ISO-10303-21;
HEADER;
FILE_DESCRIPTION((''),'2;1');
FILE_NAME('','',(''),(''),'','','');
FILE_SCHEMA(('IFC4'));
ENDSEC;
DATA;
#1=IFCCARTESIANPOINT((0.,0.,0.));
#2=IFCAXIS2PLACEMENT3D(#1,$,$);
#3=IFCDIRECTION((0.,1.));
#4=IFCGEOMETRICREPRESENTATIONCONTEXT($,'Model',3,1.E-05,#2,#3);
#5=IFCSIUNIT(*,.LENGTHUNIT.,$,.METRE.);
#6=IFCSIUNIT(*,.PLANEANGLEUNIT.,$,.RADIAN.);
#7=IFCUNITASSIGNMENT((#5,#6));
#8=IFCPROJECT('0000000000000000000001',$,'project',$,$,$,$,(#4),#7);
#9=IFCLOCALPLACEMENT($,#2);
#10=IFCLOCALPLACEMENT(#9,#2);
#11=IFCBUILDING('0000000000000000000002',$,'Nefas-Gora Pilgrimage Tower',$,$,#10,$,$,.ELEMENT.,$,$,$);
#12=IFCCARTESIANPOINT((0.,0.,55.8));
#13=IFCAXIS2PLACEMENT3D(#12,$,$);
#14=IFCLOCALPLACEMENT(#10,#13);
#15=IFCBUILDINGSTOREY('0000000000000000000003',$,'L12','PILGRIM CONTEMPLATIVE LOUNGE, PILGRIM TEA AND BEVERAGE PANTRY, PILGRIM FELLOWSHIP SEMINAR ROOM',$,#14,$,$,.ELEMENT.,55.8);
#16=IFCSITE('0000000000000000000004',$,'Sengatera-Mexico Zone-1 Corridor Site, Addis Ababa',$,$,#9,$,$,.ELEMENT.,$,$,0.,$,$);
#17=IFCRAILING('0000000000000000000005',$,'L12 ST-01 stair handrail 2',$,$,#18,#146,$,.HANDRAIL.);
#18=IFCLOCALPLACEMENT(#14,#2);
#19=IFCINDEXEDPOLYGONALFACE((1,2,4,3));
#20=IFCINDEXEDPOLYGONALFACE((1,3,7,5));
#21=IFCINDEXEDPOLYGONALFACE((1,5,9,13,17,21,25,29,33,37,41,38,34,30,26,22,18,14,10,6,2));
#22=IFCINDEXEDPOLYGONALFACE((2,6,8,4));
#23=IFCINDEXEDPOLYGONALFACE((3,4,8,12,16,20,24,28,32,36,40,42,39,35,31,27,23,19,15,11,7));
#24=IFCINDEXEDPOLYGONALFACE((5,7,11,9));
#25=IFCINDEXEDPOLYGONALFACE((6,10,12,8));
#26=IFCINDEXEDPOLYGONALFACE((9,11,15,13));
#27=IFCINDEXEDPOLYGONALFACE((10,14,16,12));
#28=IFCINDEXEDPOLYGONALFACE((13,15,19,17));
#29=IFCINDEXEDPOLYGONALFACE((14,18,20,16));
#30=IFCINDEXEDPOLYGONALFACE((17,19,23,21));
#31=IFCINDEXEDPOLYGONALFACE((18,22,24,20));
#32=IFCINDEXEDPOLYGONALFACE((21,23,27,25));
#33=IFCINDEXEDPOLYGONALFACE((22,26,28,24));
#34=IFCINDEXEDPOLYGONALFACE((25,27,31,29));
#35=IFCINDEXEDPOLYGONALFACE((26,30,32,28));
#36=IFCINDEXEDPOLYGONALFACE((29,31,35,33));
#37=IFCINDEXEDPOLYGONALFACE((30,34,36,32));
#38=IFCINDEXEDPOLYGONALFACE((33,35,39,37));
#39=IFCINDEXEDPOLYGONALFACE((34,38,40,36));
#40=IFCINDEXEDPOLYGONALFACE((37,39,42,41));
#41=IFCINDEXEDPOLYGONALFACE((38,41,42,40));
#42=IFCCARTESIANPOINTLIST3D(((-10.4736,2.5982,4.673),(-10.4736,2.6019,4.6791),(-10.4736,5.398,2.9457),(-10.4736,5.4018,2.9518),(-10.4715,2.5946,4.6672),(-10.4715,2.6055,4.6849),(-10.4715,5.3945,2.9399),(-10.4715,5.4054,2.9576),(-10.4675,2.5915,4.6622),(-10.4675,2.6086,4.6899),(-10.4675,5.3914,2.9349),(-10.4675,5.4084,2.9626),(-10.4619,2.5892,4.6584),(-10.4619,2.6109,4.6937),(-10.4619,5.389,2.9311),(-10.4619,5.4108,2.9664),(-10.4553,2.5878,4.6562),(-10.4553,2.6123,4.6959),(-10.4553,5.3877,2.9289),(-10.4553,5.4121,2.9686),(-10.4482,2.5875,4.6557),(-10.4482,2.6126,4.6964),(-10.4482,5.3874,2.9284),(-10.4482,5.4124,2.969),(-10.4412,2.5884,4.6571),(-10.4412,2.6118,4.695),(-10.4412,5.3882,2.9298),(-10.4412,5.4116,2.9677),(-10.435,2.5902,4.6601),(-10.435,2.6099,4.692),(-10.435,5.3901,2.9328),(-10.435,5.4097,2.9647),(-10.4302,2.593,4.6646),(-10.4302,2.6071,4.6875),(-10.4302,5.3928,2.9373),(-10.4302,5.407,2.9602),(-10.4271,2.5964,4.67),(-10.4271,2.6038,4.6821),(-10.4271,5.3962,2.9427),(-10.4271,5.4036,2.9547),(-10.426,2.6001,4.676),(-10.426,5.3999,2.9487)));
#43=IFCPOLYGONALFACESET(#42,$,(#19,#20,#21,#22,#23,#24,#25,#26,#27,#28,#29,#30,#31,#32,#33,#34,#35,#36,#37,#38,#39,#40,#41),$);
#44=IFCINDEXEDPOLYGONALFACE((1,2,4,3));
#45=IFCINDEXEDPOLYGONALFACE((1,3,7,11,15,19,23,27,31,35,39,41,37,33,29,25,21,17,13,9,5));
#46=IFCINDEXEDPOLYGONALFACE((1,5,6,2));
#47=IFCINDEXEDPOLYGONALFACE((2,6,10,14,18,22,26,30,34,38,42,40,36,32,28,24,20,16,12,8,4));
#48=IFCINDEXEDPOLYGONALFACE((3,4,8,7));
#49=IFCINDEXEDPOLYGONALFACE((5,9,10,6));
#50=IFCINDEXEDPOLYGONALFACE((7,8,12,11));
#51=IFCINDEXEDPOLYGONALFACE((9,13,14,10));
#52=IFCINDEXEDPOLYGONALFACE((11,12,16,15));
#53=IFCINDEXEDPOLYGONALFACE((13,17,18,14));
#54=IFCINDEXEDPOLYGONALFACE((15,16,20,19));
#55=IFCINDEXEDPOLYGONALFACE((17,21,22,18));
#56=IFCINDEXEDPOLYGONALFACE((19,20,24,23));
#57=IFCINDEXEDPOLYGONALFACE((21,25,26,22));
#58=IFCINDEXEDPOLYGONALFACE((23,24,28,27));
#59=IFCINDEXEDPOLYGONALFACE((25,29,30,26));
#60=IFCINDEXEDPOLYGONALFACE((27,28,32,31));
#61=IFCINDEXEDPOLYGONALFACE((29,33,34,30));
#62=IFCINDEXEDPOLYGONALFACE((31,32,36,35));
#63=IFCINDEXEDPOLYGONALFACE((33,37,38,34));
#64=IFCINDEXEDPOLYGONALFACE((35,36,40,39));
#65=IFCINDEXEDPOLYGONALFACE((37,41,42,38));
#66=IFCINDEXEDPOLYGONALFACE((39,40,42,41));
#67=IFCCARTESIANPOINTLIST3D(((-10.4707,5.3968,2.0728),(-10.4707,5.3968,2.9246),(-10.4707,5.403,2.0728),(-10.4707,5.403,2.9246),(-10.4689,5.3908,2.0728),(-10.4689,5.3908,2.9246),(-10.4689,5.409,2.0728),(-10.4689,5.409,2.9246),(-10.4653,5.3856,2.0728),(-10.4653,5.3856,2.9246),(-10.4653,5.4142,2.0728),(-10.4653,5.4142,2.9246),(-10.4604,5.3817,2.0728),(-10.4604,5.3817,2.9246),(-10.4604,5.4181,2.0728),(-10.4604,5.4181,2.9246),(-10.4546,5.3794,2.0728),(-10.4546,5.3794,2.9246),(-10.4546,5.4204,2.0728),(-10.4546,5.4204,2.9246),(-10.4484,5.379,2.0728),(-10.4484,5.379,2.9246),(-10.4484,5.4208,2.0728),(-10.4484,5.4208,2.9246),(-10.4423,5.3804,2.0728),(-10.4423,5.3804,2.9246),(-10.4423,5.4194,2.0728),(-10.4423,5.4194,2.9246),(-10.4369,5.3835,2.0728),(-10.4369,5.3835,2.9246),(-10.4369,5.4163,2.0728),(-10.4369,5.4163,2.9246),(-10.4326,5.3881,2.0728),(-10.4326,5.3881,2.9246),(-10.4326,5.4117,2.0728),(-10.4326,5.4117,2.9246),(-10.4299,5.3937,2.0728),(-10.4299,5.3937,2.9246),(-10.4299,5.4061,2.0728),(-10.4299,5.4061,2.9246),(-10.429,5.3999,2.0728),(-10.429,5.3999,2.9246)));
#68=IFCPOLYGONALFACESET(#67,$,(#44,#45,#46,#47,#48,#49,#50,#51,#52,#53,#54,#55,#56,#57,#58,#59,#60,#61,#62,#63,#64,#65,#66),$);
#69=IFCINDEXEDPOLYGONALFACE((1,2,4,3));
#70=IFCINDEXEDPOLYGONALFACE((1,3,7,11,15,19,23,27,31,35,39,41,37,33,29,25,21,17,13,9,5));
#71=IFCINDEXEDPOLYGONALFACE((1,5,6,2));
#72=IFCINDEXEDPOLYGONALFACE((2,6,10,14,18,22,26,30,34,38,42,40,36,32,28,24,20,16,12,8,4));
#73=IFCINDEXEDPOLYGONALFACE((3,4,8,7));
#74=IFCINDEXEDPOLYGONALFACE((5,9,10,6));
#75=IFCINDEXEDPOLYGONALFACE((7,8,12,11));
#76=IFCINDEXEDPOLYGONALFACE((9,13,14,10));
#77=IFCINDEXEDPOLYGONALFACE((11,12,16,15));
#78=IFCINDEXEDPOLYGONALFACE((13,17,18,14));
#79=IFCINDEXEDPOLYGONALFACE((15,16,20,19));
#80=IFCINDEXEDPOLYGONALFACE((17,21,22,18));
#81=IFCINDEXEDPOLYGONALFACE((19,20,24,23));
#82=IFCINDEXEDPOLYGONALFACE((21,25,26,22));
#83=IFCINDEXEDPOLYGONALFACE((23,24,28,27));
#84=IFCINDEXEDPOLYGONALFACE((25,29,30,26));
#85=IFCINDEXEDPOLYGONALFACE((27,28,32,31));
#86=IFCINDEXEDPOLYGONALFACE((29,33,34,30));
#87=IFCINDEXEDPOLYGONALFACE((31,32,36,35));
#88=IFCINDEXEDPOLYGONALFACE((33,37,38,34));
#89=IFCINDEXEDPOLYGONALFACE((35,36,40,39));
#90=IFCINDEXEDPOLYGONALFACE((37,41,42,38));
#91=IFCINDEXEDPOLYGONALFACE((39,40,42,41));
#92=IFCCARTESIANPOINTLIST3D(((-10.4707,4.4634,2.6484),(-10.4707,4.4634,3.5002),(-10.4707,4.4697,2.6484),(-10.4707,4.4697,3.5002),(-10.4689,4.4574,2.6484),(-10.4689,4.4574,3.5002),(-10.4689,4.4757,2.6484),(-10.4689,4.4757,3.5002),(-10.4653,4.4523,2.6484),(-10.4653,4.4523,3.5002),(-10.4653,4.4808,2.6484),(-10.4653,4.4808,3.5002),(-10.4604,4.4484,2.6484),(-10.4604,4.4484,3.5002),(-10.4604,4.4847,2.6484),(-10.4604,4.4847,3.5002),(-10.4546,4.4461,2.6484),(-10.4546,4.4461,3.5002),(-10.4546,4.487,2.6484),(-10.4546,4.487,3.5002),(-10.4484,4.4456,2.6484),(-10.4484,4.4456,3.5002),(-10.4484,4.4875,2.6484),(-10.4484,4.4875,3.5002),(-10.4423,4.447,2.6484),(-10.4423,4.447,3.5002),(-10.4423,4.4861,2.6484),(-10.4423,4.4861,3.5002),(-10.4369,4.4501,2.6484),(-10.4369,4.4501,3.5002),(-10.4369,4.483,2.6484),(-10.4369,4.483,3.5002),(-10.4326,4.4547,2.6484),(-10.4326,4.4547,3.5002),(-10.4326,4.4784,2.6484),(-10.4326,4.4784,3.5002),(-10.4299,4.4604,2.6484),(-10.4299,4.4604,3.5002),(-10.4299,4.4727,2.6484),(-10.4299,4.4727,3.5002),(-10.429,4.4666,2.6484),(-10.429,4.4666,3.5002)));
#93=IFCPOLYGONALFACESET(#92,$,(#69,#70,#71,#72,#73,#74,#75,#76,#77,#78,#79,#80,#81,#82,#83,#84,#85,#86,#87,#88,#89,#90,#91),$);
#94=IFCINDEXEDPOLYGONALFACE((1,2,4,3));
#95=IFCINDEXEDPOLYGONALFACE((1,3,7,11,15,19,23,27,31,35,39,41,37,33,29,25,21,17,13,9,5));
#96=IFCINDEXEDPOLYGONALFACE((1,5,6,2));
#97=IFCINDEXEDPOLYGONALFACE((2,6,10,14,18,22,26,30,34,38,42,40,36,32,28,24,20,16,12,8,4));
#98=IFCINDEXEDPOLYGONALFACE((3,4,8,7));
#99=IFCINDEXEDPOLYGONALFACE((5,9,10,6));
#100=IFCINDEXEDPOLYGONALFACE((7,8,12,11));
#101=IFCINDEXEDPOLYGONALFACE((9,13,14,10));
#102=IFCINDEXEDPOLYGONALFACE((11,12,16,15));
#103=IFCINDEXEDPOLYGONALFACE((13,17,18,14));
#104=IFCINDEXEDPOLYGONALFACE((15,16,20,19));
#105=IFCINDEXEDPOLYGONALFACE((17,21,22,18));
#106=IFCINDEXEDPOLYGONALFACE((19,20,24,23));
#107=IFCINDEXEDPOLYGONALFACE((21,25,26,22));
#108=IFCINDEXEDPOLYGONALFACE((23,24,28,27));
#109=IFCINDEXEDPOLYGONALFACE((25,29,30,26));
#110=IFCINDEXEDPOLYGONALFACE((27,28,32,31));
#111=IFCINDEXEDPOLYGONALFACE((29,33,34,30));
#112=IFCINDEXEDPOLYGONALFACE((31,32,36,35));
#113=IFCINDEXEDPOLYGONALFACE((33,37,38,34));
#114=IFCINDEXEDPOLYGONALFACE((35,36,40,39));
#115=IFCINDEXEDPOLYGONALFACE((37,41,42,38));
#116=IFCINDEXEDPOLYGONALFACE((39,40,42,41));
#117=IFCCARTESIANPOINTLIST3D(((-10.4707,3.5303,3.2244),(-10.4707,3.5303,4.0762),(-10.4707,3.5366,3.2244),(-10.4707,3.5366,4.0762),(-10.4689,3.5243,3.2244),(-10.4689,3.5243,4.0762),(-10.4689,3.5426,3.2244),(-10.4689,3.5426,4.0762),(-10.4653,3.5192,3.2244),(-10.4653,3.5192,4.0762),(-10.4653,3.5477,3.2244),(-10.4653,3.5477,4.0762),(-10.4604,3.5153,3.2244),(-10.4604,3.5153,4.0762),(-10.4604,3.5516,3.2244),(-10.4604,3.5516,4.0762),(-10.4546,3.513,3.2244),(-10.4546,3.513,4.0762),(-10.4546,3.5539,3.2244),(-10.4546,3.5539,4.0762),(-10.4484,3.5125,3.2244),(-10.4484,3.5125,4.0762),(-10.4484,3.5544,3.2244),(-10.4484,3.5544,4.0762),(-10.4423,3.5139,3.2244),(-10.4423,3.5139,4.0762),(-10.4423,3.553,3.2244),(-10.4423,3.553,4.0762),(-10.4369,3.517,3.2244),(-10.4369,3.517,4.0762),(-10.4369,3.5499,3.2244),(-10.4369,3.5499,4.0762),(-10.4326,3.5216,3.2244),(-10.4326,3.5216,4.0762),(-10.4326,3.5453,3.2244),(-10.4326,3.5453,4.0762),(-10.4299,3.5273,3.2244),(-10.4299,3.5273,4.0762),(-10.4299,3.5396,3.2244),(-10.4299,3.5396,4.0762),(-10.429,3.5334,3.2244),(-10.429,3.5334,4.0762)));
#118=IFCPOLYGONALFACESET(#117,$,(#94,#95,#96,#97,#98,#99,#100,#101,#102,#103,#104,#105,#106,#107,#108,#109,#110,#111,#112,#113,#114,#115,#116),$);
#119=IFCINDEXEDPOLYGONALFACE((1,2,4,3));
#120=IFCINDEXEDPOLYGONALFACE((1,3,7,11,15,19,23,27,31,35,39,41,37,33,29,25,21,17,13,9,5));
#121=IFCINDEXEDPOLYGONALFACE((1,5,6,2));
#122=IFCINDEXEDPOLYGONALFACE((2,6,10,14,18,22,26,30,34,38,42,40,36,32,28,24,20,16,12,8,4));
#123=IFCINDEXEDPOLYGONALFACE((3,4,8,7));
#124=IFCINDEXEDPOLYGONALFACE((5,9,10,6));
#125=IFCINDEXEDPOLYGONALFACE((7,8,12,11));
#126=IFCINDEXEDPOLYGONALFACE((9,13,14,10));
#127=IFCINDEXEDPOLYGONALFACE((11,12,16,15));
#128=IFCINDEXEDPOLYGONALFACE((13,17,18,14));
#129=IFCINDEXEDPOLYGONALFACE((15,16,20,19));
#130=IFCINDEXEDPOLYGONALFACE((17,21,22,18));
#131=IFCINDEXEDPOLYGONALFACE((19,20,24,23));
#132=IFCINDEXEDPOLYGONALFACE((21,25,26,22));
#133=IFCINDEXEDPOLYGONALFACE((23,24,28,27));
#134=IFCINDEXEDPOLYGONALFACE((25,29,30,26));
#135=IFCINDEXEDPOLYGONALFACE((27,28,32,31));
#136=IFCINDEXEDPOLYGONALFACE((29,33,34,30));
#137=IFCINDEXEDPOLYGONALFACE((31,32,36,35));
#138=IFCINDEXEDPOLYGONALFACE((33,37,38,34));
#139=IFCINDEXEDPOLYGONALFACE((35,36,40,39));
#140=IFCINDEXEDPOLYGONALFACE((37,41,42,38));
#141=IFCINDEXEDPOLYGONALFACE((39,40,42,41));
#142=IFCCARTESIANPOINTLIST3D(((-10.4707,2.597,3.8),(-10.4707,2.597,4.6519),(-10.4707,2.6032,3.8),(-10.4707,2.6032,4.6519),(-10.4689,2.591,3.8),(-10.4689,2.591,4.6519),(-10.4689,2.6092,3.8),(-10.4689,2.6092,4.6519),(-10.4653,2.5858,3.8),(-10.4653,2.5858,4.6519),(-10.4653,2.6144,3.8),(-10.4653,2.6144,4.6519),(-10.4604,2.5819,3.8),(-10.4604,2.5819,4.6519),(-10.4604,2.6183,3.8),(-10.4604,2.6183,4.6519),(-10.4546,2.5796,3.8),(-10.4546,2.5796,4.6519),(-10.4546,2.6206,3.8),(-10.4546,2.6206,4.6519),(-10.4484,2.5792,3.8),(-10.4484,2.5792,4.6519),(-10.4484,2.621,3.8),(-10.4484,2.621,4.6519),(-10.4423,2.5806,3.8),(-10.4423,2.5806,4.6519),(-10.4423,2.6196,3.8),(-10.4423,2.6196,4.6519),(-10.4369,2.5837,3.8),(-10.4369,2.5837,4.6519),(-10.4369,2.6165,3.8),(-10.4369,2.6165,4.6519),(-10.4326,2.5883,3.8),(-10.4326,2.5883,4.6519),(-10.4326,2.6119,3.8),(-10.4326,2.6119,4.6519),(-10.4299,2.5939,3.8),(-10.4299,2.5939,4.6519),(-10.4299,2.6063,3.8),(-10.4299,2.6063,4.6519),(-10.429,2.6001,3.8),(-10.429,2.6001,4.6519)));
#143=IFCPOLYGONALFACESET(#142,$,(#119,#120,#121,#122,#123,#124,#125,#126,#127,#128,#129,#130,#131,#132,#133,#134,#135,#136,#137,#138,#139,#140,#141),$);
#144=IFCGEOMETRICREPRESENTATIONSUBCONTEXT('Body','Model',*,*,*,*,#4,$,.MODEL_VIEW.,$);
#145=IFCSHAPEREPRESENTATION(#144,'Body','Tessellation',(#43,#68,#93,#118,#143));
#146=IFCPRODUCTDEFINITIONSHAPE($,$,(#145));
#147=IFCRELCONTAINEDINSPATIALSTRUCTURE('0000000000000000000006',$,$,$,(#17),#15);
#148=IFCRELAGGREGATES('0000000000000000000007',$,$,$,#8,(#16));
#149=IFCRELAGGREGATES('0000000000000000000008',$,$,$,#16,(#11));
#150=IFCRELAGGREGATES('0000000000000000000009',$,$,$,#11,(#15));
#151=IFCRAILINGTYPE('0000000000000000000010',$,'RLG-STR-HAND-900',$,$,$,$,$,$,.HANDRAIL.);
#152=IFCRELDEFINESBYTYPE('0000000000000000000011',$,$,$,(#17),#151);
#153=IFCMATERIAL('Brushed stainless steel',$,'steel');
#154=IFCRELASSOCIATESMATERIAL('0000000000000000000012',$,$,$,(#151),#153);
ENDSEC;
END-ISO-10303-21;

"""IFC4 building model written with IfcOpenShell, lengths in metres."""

from ifc_helpers import new_model, si_unit, direction, frame, origin, origin_2d, place, context, subcontext, project, spatial, circle, extrude, material, type_object, element, save


model = new_model("IFC4")

# Units and contexts
model_context = context("Model", 3, precision=1e-05, world=origin(), true_north=direction((0.0, 1.0)))
body_context = subcontext(model_context, "Body", "Model", "MODEL_VIEW")
ifc_project = project(units=[si_unit("LENGTHUNIT", "METRE"), si_unit("PLANEANGLEUNIT", "RADIAN")], contexts=[model_context])

# Site, building, storey
site_placement = place(None, origin())
site = spatial("IfcSite", under=ifc_project, at=site_placement, Name="Sengatera-Mexico Zone-1 Corridor Site, Addis Ababa", CompositionType="ELEMENT", RefElevation=0.0)
building_placement = place(site_placement, origin())
building = spatial("IfcBuilding", under=site, at=building_placement, Name="Nefas-Gora Pilgrimage Tower", CompositionType="ELEMENT")
storey_placement = place(building_placement, frame((0.0, 0.0, 55.8)))
storey = spatial("IfcBuildingStorey", under=building, at=storey_placement, Name="L12", Description="PILGRIM CONTEMPLATIVE LOUNGE, PILGRIM TEA AND BEVERAGE PANTRY, PILGRIM FELLOWSHIP SEMINAR ROOM", CompositionType="ELEMENT", Elevation=55.8)

# Railing
ifc_material_1 = material(Name="Brushed stainless steel", Category="steel")
railing_type_1 = type_object("IfcRailingType", Name="RLG-STR-HAND-900", PredefinedType="HANDRAIL", material=ifc_material_1)
railing_1_placement = place(storey_placement, frame((-10.45, 5.3999, 2.0728)))
element("IfcRailing", 1, at=railing_1_placement, inside=storey, type_object=railing_type_1, Name="L12 ST-01 stair handrail 2", PredefinedType="HANDRAIL", context=body_context, shape_type="SweptSolid", body=[
    extrude(circle(Radius=0.0239, at=origin_2d()), frame((0.0, 0.0, 0.876), z_axis=(0.0, -0.851069, 0.525054), x_axis=(1.0, 0.0, 0.0)), (0.0, 0.0, 1.0), 3.2898),
    extrude(circle(Radius=0.021, at=origin_2d()), origin(), (0.0, 0.0, 1.0), 0.8518),
    extrude(circle(Radius=0.021, at=origin_2d()), frame((0.0, -0.9333, 0.5757)), (0.0, 0.0, 1.0), 0.8518),
    extrude(circle(Radius=0.021, at=origin_2d()), frame((0.0, -1.8665, 1.1516)), (0.0, 0.0, 1.0), 0.8518),
    extrude(circle(Radius=0.021, at=origin_2d()), frame((0.0, -2.7998, 1.7273)), (0.0, 0.0, 1.0), 0.8518),
])

save(model, "model.ifc")
